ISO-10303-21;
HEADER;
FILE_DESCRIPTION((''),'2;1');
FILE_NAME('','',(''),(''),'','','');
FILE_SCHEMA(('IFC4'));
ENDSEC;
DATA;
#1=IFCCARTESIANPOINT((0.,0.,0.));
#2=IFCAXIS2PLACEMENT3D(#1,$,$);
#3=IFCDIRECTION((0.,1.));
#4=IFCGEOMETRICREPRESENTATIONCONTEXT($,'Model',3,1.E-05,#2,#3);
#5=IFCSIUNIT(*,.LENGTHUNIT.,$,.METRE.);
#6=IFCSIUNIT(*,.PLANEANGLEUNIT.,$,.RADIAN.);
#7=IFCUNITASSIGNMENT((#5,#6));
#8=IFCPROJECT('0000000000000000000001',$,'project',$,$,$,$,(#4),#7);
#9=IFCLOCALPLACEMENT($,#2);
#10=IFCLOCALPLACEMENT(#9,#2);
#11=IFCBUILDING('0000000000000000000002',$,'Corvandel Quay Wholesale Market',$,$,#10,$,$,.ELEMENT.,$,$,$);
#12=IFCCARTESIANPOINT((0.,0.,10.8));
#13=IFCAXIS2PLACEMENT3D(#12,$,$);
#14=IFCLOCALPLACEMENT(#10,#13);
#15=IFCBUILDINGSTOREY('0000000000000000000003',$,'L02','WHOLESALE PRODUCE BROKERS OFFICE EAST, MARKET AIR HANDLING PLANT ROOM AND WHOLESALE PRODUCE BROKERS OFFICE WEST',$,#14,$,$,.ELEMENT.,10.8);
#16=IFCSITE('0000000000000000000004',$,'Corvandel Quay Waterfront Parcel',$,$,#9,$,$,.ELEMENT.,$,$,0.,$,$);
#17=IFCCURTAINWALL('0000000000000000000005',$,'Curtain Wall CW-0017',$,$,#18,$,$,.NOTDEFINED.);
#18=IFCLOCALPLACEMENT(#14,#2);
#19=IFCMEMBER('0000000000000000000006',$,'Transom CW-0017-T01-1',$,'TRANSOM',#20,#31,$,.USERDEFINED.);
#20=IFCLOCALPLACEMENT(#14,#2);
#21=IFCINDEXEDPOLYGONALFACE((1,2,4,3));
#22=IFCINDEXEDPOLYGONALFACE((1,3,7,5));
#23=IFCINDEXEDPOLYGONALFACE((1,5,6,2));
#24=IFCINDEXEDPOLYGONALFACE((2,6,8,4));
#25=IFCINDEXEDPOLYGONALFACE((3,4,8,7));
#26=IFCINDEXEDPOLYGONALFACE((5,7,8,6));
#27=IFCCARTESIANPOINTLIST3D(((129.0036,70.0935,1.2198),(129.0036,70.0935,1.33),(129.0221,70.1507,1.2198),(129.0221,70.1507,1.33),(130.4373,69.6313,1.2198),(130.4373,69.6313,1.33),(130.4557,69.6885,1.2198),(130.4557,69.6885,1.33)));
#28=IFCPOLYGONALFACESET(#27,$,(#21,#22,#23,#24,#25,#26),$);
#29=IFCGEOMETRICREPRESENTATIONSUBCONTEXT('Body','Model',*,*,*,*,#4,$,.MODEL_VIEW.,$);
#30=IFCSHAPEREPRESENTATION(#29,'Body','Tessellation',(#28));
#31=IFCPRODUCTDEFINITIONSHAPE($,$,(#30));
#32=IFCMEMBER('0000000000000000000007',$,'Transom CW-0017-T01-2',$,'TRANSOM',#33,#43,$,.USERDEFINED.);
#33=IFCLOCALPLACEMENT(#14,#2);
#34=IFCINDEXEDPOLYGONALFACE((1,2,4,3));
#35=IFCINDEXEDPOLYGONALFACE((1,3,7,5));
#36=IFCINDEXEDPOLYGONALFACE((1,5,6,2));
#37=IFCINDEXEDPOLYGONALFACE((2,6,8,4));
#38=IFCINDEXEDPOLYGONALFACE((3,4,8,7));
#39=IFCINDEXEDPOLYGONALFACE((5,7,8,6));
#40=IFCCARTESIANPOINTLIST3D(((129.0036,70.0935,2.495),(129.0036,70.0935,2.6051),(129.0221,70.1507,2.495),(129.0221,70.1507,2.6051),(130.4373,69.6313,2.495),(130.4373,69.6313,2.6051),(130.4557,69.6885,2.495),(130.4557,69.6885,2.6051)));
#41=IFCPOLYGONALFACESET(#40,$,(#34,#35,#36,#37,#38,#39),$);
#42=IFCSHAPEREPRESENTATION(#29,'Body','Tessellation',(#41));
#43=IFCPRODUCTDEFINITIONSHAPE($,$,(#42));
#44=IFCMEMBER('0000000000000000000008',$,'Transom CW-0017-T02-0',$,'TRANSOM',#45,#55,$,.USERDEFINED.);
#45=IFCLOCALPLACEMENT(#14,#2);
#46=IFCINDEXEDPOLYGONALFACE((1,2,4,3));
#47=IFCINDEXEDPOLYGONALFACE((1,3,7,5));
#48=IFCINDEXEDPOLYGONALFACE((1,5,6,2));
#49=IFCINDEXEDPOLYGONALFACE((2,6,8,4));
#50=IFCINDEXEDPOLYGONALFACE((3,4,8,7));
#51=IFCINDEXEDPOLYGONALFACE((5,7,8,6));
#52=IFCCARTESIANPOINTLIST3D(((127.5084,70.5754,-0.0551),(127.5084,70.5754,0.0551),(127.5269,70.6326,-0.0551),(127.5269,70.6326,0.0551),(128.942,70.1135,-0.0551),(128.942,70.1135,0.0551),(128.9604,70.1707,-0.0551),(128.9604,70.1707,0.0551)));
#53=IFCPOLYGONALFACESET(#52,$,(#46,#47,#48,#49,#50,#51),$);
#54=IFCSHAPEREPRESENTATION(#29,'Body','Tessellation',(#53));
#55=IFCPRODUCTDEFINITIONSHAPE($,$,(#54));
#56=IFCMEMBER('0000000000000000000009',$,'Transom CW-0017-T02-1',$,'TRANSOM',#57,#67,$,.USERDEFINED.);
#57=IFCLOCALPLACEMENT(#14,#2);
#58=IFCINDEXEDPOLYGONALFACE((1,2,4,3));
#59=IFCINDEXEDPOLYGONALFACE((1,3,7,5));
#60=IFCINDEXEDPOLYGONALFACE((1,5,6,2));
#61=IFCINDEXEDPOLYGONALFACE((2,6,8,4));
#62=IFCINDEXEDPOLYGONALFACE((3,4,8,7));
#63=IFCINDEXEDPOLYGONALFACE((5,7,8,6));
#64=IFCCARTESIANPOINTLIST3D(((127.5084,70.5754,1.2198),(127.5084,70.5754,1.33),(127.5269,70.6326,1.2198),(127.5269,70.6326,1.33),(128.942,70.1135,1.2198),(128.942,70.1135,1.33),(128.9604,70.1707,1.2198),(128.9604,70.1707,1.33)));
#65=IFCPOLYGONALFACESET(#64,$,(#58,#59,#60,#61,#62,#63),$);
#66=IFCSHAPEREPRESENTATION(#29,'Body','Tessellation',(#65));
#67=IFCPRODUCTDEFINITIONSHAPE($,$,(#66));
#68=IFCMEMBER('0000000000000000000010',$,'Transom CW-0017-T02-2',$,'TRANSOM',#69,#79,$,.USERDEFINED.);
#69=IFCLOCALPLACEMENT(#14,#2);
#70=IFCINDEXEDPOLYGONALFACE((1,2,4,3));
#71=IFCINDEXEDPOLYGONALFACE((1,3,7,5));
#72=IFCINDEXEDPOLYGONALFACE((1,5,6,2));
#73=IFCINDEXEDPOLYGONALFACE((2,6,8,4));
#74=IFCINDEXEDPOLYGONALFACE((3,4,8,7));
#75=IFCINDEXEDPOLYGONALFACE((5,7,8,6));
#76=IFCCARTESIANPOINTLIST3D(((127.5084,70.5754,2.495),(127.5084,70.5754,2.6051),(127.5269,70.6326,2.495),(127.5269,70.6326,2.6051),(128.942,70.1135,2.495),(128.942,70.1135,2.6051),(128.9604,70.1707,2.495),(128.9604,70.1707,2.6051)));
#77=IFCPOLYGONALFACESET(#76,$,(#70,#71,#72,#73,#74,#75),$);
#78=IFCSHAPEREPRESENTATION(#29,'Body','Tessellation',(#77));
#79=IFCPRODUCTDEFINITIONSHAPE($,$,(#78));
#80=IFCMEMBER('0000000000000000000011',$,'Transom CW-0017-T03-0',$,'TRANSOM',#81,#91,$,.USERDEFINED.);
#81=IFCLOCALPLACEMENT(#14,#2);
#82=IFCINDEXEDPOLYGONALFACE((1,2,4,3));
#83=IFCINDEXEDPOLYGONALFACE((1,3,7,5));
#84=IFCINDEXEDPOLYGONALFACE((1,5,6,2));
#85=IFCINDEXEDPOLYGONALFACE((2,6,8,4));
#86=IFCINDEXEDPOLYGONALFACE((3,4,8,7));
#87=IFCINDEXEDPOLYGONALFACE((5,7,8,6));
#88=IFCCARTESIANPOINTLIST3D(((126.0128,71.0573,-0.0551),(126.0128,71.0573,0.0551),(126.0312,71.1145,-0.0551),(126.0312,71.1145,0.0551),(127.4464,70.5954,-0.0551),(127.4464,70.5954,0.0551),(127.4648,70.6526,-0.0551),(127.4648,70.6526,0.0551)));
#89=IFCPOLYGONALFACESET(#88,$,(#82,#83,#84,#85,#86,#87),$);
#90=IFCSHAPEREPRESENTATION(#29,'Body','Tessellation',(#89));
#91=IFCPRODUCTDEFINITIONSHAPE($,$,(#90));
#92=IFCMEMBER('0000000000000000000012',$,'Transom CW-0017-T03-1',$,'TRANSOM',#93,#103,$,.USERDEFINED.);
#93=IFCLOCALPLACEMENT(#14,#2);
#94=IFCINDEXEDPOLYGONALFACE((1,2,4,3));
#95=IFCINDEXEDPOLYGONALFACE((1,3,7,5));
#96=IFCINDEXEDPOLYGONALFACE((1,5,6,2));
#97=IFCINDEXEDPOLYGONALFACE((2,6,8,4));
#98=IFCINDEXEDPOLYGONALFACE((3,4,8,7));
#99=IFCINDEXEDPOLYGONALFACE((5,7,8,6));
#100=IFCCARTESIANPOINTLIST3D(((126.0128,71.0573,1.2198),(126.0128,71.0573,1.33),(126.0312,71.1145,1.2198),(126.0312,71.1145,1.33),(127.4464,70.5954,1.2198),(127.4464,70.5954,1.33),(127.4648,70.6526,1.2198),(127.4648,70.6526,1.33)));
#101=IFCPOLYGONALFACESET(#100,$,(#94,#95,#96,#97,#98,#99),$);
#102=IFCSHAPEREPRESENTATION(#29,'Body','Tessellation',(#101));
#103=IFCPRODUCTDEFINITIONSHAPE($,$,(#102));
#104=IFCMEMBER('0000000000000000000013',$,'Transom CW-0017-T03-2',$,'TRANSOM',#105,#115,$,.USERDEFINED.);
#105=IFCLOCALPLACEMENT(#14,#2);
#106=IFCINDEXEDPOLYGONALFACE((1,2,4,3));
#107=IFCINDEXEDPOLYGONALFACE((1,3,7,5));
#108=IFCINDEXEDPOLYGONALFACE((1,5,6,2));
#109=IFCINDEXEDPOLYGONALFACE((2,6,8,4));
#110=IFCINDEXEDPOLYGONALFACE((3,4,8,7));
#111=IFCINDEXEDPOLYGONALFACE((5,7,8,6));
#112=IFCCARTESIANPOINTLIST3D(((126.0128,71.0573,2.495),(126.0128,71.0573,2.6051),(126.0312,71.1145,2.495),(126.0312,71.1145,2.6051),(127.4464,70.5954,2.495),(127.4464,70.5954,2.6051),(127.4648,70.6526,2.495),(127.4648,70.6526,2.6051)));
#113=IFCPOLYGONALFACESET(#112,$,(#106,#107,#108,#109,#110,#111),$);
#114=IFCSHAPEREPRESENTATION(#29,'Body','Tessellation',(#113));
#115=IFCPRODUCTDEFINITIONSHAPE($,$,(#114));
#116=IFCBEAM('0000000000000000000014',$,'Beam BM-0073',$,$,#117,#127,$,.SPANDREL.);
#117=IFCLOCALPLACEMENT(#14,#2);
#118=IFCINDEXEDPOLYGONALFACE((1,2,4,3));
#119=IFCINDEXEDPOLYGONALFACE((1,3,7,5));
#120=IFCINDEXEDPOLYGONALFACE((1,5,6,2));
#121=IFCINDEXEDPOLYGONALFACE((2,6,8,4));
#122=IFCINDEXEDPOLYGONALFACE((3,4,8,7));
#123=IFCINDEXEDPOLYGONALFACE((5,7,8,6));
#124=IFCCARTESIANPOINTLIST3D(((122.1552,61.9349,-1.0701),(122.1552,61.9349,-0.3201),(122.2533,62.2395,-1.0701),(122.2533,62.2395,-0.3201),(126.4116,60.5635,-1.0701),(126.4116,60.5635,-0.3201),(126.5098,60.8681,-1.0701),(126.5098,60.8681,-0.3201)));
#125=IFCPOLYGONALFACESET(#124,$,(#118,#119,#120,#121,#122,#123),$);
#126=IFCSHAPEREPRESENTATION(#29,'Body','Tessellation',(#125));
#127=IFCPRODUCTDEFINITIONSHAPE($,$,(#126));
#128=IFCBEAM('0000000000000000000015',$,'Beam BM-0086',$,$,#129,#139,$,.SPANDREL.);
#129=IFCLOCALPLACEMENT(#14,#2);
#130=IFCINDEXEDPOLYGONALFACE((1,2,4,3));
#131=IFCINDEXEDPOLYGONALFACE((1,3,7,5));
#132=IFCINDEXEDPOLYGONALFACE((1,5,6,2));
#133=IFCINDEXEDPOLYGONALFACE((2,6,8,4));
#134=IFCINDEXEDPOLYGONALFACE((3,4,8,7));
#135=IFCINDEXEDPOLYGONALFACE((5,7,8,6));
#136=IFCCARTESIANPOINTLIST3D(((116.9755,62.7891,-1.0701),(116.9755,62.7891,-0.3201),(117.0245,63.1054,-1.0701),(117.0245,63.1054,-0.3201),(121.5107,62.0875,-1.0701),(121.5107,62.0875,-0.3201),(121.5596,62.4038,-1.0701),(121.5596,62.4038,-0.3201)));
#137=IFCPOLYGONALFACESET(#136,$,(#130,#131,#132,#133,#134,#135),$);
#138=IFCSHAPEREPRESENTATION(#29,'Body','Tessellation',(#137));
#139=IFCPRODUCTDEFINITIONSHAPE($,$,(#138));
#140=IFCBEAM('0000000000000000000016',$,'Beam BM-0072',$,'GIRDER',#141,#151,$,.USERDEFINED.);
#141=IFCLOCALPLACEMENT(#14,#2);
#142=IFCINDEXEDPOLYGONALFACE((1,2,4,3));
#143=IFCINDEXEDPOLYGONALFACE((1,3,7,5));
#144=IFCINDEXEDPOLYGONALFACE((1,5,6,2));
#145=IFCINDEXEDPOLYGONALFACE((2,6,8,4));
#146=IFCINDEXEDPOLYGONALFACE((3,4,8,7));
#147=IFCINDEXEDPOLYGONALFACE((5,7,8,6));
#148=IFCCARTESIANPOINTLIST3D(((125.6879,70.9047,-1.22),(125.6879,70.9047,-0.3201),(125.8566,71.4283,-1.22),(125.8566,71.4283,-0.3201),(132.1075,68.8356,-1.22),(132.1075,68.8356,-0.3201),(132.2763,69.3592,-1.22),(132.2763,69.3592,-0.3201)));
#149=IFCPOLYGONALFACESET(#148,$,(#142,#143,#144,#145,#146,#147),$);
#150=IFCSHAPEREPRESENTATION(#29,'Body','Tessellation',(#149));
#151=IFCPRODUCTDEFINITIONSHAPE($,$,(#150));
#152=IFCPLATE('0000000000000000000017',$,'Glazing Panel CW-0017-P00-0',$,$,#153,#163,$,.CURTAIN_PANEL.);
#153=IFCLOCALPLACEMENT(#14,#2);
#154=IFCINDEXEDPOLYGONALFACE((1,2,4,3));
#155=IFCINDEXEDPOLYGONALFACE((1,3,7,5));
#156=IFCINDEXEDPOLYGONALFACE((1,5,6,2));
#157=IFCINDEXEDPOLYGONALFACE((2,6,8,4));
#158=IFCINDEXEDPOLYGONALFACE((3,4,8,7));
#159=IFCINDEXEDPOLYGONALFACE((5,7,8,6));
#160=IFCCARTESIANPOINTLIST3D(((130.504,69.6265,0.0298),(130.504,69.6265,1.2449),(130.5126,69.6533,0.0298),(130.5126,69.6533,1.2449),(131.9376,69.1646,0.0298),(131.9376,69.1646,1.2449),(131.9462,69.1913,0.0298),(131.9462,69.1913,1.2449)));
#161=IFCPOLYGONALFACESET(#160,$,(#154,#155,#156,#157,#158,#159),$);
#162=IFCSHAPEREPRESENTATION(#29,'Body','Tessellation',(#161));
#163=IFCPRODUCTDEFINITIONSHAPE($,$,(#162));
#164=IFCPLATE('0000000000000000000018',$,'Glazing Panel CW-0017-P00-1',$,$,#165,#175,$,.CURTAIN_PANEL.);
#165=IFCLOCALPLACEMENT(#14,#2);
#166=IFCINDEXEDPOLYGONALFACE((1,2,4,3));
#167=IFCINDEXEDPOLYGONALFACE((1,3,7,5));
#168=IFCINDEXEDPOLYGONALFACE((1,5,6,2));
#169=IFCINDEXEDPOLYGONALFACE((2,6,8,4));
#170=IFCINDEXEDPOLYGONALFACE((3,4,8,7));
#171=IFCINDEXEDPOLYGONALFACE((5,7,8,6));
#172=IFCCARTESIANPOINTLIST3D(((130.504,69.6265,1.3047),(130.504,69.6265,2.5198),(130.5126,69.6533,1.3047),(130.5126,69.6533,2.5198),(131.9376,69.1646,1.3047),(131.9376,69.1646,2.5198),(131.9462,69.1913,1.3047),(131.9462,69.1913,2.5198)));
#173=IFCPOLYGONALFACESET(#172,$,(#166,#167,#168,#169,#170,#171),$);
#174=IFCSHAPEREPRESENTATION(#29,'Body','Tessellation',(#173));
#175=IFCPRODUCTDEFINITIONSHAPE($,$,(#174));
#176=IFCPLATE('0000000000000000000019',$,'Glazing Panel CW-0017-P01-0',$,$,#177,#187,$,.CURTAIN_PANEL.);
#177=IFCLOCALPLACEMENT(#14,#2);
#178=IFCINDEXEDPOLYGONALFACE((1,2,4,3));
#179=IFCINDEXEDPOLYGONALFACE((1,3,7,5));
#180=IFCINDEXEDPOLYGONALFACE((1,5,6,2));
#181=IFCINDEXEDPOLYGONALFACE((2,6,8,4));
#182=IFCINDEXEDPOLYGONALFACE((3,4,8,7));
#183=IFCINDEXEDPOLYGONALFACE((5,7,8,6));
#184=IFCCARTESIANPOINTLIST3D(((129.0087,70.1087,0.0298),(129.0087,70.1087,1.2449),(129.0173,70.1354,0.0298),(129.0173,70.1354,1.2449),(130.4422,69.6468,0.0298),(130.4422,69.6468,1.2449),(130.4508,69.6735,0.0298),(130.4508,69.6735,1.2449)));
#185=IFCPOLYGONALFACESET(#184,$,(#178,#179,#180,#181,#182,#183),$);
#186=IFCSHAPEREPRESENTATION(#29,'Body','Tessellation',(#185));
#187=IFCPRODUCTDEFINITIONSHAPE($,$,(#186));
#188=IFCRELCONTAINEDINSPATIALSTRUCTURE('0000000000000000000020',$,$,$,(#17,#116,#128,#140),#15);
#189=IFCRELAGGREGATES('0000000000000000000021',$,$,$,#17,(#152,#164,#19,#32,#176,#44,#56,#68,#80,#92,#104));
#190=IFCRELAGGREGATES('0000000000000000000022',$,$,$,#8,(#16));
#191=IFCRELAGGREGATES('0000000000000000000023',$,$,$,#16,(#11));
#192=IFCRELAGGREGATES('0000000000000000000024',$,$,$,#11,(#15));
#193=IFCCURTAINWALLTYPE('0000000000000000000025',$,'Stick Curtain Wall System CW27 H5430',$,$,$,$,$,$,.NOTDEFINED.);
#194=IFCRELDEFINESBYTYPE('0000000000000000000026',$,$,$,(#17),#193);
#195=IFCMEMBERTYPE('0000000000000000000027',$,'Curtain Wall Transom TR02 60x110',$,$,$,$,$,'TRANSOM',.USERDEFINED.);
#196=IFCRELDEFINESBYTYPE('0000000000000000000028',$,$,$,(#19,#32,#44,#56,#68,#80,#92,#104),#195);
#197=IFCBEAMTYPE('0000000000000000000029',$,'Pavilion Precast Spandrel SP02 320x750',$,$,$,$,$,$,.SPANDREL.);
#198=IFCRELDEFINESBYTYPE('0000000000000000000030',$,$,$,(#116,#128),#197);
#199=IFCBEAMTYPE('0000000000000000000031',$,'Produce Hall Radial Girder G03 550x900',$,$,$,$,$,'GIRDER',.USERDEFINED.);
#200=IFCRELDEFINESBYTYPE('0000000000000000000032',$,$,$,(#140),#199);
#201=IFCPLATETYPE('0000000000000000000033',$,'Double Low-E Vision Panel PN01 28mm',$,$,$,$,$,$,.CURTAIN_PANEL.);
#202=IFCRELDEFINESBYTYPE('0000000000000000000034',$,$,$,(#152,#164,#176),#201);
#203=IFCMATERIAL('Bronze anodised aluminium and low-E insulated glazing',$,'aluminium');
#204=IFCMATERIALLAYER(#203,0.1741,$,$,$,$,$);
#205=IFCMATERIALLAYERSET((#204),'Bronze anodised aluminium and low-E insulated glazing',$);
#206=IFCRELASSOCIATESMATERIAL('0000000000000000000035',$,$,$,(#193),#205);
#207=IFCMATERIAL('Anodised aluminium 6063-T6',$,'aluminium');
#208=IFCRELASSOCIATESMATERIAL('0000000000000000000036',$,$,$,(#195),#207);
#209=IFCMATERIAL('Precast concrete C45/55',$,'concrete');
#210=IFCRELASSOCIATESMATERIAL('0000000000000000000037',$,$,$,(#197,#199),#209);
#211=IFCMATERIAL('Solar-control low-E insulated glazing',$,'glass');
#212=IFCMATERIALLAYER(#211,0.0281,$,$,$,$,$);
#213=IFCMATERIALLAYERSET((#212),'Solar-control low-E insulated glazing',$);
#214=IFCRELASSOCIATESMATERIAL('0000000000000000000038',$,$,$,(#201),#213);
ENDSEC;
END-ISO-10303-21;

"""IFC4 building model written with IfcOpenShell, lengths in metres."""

from ifc_helpers import new_model, si_unit, direction, frame, origin, origin_2d, place, context, subcontext, project, spatial, rectangle, extrude, material, layer, layer_set, material_profile, profile_set, type_object, element, aggregate, save


model = new_model("IFC4")

# Units and contexts
model_context = context("Model", 3, precision=1e-05, world=origin(), true_north=direction((0.0, 1.0)))
body_context = subcontext(model_context, "Body", "Model", "MODEL_VIEW")
ifc_project = project(units=[si_unit("LENGTHUNIT", "METRE"), si_unit("PLANEANGLEUNIT", "RADIAN")], contexts=[model_context])

# Site, building, storey
site_placement = place(None, origin())
site = spatial("IfcSite", under=ifc_project, at=site_placement, Name="Corvandel Quay Waterfront Parcel", CompositionType="ELEMENT", RefElevation=0.0)
building_placement = place(site_placement, origin())
building = spatial("IfcBuilding", under=site, at=building_placement, Name="Corvandel Quay Wholesale Market", CompositionType="ELEMENT")
storey_placement = place(building_placement, frame((0.0, 0.0, 10.8)))
storey = spatial("IfcBuildingStorey", under=building, at=storey_placement, Name="L02", Description="WHOLESALE PRODUCE BROKERS OFFICE EAST, MARKET AIR HANDLING PLANT ROOM AND WHOLESALE PRODUCE BROKERS OFFICE WEST", CompositionType="ELEMENT", Elevation=10.8)

# Shared definitions
ifc_material_1 = material(Name="Precast concrete C45/55", Category="concrete")

# Shared definitions
ifc_material_2 = material(Name="Bronze anodised aluminium and low-E insulated glazing", Category="aluminium")
ifc_material_3 = material(Name="Anodised aluminium 6063-T6", Category="aluminium")

# Curtain wall, members
ifc_layer_1 = layer(ifc_material_2, 0.1741)
ifc_layer_set_1 = layer_set([ifc_layer_1], Name="Bronze anodised aluminium and low-E insulated glazing")
curtain_wall_type_1 = type_object("IfcCurtainWallType", Name="Stick Curtain Wall System CW27 H5430", PredefinedType="NOTDEFINED", material=ifc_layer_set_1)
curtain_wall_1_placement = place(storey_placement, origin())
curtain_wall_1 = element("IfcCurtainWall", 1, at=curtain_wall_1_placement, inside=storey, type_object=curtain_wall_type_1, Name="Curtain Wall CW-0017", PredefinedType="NOTDEFINED")
ifc_material_profile_1 = material_profile(ifc_material_3, rectangle(XDim=0.0601, YDim=0.1101, at=origin_2d()), Name="ALU-TRN-60x110")
ifc_profile_set_1 = profile_set([ifc_material_profile_1], Name="Anodised aluminium 6063-T6")
member_type_1 = type_object("IfcMemberType", Name="Curtain Wall Transom TR02 60x110", ElementType="TRANSOM", PredefinedType="USERDEFINED", material=ifc_profile_set_1)
member_1_placement = place(storey_placement, frame((130.4465, 69.6599, 1.2749), z_axis=(-0.951765, 0.306828, 0.0), x_axis=(-0.306828, -0.951765, 0.0)))
member_1 = element("IfcMember", 2, at=member_1_placement, type_object=member_type_1, Name="Transom CW-0017-T01-1", ObjectType="TRANSOM", PredefinedType="USERDEFINED", context=body_context, shape_type="SweptSolid", body=[
    extrude(rectangle(XDim=0.0601, YDim=0.1101, at=origin_2d()), origin(), (0.0, 0.0, 1.0), 1.5063),
])
member_2_placement = place(storey_placement, frame((130.4465, 69.6599, 2.55), z_axis=(-0.951765, 0.306828, 0.0), x_axis=(-0.306828, -0.951765, 0.0)))
member_2 = element("IfcMember", 3, at=member_2_placement, type_object=member_type_1, Name="Transom CW-0017-T01-2", ObjectType="TRANSOM", PredefinedType="USERDEFINED", context=body_context, shape_type="SweptSolid", body=[
    extrude(rectangle(XDim=0.0601, YDim=0.1101, at=origin_2d()), origin(), (0.0, 0.0, 1.0), 1.5063),
])
member_3_placement = place(storey_placement, frame((128.9512, 70.1421, 0.0), z_axis=(-0.951812, 0.306681, 0.0), x_axis=(-0.306681, -0.951812, 0.0)))
member_3 = element("IfcMember", 4, at=member_3_placement, type_object=member_type_1, Name="Transom CW-0017-T02-0", ObjectType="TRANSOM", PredefinedType="USERDEFINED", context=body_context, shape_type="SweptSolid", body=[
    extrude(rectangle(XDim=0.0601, YDim=0.1101, at=origin_2d()), origin(), (0.0, 0.0, 1.0), 1.5061),
])
member_4_placement = place(storey_placement, frame((128.9512, 70.1421, 1.2749), z_axis=(-0.951812, 0.306681, 0.0), x_axis=(-0.306681, -0.951812, 0.0)))
member_4 = element("IfcMember", 5, at=member_4_placement, type_object=member_type_1, Name="Transom CW-0017-T02-1", ObjectType="TRANSOM", PredefinedType="USERDEFINED", context=body_context, shape_type="SweptSolid", body=[
    extrude(rectangle(XDim=0.0601, YDim=0.1101, at=origin_2d()), origin(), (0.0, 0.0, 1.0), 1.5061),
])
member_5_placement = place(storey_placement, frame((128.9512, 70.1421, 2.55), z_axis=(-0.951812, 0.306681, 0.0), x_axis=(-0.306681, -0.951812, 0.0)))
member_5 = element("IfcMember", 6, at=member_5_placement, type_object=member_type_1, Name="Transom CW-0017-T02-2", ObjectType="TRANSOM", PredefinedType="USERDEFINED", context=body_context, shape_type="SweptSolid", body=[
    extrude(rectangle(XDim=0.0601, YDim=0.1101, at=origin_2d()), origin(), (0.0, 0.0, 1.0), 1.5061),
])
member_6_placement = place(storey_placement, frame((127.4556, 70.624, 0.0), z_axis=(-0.951812, 0.306681, 0.0), x_axis=(-0.306681, -0.951812, 0.0)))
member_6 = element("IfcMember", 7, at=member_6_placement, type_object=member_type_1, Name="Transom CW-0017-T03-0", ObjectType="TRANSOM", PredefinedType="USERDEFINED", context=body_context, shape_type="SweptSolid", body=[
    extrude(rectangle(XDim=0.0601, YDim=0.1101, at=origin_2d()), origin(), (0.0, 0.0, 1.0), 1.5061),
])
member_7_placement = place(storey_placement, frame((127.4556, 70.624, 1.2749), z_axis=(-0.951812, 0.306681, 0.0), x_axis=(-0.306681, -0.951812, 0.0)))
member_7 = element("IfcMember", 8, at=member_7_placement, type_object=member_type_1, Name="Transom CW-0017-T03-1", ObjectType="TRANSOM", PredefinedType="USERDEFINED", context=body_context, shape_type="SweptSolid", body=[
    extrude(rectangle(XDim=0.0601, YDim=0.1101, at=origin_2d()), origin(), (0.0, 0.0, 1.0), 1.5061),
])
member_8_placement = place(storey_placement, frame((127.4556, 70.624, 2.55), z_axis=(-0.951812, 0.306681, 0.0), x_axis=(-0.306681, -0.951812, 0.0)))
member_8 = element("IfcMember", 9, at=member_8_placement, type_object=member_type_1, Name="Transom CW-0017-T03-2", ObjectType="TRANSOM", PredefinedType="USERDEFINED", context=body_context, shape_type="SweptSolid", body=[
    extrude(rectangle(XDim=0.0601, YDim=0.1101, at=origin_2d()), origin(), (0.0, 0.0, 1.0), 1.5061),
])

# Beams
ifc_material_profile_2 = material_profile(ifc_material_1, rectangle(XDim=0.3201, YDim=0.75, at=origin_2d()), Name="PC-SPN-320x750")
ifc_profile_set_2 = profile_set([ifc_material_profile_2], Name="Precast concrete C45/55")
beam_type_1 = type_object("IfcBeamType", Name="Pavilion Precast Spandrel SP02 320x750", PredefinedType="SPANDREL", material=ifc_profile_set_2)
beam_1_placement = place(storey_placement, frame((126.4607, 60.7158, -0.6951), z_axis=(-0.951818, 0.306663, 0.0), x_axis=(-0.306663, -0.951818, 0.0)))
element("IfcBeam", 10, at=beam_1_placement, inside=storey, type_object=beam_type_1, Name="Beam BM-0073", PredefinedType="SPANDREL", context=body_context, shape_type="SweptSolid", body=[
    extrude(rectangle(XDim=0.3201, YDim=0.75, at=origin_2d()), origin(), (0.0, 0.0, 1.0), 4.4719),
])
beam_2_placement = place(storey_placement, frame((121.5352, 62.2456, -0.6951), z_axis=(-0.988242, 0.152897, 0.0), x_axis=(-0.152897, -0.988242, 0.0)))
element("IfcBeam", 11, at=beam_2_placement, inside=storey, type_object=beam_type_1, Name="Beam BM-0086", PredefinedType="SPANDREL", context=body_context, shape_type="SweptSolid", body=[
    extrude(rectangle(XDim=0.3201, YDim=0.75, at=origin_2d()), origin(), (0.0, 0.0, 1.0), 4.5891),
])
ifc_material_profile_3 = material_profile(ifc_material_1, rectangle(XDim=0.55, YDim=0.8999, at=origin_2d()), Name="PC-GIR-550x900")
ifc_profile_set_3 = profile_set([ifc_material_profile_3], Name="Precast concrete C45/55")
beam_type_2 = type_object("IfcBeamType", Name="Produce Hall Radial Girder G03 550x900", ElementType="GIRDER", PredefinedType="USERDEFINED", material=ifc_profile_set_3)
beam_3_placement = place(storey_placement, frame((132.1919, 69.0974, -0.77), z_axis=(-0.951785, 0.306765, 0.0), x_axis=(-0.306765, -0.951785, 0.0)))
element("IfcBeam", 12, at=beam_3_placement, inside=storey, type_object=beam_type_2, Name="Beam BM-0072", ObjectType="GIRDER", PredefinedType="USERDEFINED", context=body_context, shape_type="SweptSolid", body=[
    extrude(rectangle(XDim=0.55, YDim=0.8999, at=origin_2d()), origin(), (0.0, 0.0, 1.0), 6.7449),
])

# Plates
ifc_material_4 = material(Name="Solar-control low-E insulated glazing", Category="glass")
ifc_layer_2 = layer(ifc_material_4, 0.0281)
ifc_layer_set_2 = layer_set([ifc_layer_2], Name="Solar-control low-E insulated glazing")
plate_type = type_object("IfcPlateType", Name="Double Low-E Vision Panel PN01 28mm", PredefinedType="CURTAIN_PANEL", material=ifc_layer_set_2)
plate_1_placement = place(storey_placement, frame((131.2251, 69.4089, 0.0298), z_axis=(0.0, 0.0, 1.0), x_axis=(-0.951809, 0.306692, 0.0)))
plate_1 = element("IfcPlate", 13, at=plate_1_placement, type_object=plate_type, Name="Glazing Panel CW-0017-P00-0", PredefinedType="CURTAIN_PANEL", context=body_context, shape_type="SweptSolid", body=[
    extrude(rectangle(XDim=1.5061, YDim=0.0281, at=origin_2d()), origin(), (0.0, 0.0, 1.0), 1.2151),
])
plate_2_placement = place(storey_placement, frame((131.2251, 69.4089, 1.3047), z_axis=(0.0, 0.0, 1.0), x_axis=(-0.951809, 0.306692, 0.0)))
plate_2 = element("IfcPlate", 14, at=plate_2_placement, type_object=plate_type, Name="Glazing Panel CW-0017-P00-1", PredefinedType="CURTAIN_PANEL", context=body_context, shape_type="SweptSolid", body=[
    extrude(rectangle(XDim=1.5061, YDim=0.0281, at=origin_2d()), origin(), (0.0, 0.0, 1.0), 1.2151),
])
plate_3_placement = place(storey_placement, frame((129.7297, 69.8911, 0.0298), z_axis=(0.0, 0.0, 1.0), x_axis=(-0.951809, 0.306692, 0.0)))
plate_3 = element("IfcPlate", 15, at=plate_3_placement, type_object=plate_type, Name="Glazing Panel CW-0017-P01-0", PredefinedType="CURTAIN_PANEL", context=body_context, shape_type="SweptSolid", body=[
    extrude(rectangle(XDim=1.5061, YDim=0.0281, at=origin_2d()), origin(), (0.0, 0.0, 1.0), 1.2151),
])
aggregate(curtain_wall_1, [plate_1, plate_2, member_1, member_2, plate_3, member_3, member_4, member_5, member_6, member_7, member_8])

save(model, "model.ifc")
